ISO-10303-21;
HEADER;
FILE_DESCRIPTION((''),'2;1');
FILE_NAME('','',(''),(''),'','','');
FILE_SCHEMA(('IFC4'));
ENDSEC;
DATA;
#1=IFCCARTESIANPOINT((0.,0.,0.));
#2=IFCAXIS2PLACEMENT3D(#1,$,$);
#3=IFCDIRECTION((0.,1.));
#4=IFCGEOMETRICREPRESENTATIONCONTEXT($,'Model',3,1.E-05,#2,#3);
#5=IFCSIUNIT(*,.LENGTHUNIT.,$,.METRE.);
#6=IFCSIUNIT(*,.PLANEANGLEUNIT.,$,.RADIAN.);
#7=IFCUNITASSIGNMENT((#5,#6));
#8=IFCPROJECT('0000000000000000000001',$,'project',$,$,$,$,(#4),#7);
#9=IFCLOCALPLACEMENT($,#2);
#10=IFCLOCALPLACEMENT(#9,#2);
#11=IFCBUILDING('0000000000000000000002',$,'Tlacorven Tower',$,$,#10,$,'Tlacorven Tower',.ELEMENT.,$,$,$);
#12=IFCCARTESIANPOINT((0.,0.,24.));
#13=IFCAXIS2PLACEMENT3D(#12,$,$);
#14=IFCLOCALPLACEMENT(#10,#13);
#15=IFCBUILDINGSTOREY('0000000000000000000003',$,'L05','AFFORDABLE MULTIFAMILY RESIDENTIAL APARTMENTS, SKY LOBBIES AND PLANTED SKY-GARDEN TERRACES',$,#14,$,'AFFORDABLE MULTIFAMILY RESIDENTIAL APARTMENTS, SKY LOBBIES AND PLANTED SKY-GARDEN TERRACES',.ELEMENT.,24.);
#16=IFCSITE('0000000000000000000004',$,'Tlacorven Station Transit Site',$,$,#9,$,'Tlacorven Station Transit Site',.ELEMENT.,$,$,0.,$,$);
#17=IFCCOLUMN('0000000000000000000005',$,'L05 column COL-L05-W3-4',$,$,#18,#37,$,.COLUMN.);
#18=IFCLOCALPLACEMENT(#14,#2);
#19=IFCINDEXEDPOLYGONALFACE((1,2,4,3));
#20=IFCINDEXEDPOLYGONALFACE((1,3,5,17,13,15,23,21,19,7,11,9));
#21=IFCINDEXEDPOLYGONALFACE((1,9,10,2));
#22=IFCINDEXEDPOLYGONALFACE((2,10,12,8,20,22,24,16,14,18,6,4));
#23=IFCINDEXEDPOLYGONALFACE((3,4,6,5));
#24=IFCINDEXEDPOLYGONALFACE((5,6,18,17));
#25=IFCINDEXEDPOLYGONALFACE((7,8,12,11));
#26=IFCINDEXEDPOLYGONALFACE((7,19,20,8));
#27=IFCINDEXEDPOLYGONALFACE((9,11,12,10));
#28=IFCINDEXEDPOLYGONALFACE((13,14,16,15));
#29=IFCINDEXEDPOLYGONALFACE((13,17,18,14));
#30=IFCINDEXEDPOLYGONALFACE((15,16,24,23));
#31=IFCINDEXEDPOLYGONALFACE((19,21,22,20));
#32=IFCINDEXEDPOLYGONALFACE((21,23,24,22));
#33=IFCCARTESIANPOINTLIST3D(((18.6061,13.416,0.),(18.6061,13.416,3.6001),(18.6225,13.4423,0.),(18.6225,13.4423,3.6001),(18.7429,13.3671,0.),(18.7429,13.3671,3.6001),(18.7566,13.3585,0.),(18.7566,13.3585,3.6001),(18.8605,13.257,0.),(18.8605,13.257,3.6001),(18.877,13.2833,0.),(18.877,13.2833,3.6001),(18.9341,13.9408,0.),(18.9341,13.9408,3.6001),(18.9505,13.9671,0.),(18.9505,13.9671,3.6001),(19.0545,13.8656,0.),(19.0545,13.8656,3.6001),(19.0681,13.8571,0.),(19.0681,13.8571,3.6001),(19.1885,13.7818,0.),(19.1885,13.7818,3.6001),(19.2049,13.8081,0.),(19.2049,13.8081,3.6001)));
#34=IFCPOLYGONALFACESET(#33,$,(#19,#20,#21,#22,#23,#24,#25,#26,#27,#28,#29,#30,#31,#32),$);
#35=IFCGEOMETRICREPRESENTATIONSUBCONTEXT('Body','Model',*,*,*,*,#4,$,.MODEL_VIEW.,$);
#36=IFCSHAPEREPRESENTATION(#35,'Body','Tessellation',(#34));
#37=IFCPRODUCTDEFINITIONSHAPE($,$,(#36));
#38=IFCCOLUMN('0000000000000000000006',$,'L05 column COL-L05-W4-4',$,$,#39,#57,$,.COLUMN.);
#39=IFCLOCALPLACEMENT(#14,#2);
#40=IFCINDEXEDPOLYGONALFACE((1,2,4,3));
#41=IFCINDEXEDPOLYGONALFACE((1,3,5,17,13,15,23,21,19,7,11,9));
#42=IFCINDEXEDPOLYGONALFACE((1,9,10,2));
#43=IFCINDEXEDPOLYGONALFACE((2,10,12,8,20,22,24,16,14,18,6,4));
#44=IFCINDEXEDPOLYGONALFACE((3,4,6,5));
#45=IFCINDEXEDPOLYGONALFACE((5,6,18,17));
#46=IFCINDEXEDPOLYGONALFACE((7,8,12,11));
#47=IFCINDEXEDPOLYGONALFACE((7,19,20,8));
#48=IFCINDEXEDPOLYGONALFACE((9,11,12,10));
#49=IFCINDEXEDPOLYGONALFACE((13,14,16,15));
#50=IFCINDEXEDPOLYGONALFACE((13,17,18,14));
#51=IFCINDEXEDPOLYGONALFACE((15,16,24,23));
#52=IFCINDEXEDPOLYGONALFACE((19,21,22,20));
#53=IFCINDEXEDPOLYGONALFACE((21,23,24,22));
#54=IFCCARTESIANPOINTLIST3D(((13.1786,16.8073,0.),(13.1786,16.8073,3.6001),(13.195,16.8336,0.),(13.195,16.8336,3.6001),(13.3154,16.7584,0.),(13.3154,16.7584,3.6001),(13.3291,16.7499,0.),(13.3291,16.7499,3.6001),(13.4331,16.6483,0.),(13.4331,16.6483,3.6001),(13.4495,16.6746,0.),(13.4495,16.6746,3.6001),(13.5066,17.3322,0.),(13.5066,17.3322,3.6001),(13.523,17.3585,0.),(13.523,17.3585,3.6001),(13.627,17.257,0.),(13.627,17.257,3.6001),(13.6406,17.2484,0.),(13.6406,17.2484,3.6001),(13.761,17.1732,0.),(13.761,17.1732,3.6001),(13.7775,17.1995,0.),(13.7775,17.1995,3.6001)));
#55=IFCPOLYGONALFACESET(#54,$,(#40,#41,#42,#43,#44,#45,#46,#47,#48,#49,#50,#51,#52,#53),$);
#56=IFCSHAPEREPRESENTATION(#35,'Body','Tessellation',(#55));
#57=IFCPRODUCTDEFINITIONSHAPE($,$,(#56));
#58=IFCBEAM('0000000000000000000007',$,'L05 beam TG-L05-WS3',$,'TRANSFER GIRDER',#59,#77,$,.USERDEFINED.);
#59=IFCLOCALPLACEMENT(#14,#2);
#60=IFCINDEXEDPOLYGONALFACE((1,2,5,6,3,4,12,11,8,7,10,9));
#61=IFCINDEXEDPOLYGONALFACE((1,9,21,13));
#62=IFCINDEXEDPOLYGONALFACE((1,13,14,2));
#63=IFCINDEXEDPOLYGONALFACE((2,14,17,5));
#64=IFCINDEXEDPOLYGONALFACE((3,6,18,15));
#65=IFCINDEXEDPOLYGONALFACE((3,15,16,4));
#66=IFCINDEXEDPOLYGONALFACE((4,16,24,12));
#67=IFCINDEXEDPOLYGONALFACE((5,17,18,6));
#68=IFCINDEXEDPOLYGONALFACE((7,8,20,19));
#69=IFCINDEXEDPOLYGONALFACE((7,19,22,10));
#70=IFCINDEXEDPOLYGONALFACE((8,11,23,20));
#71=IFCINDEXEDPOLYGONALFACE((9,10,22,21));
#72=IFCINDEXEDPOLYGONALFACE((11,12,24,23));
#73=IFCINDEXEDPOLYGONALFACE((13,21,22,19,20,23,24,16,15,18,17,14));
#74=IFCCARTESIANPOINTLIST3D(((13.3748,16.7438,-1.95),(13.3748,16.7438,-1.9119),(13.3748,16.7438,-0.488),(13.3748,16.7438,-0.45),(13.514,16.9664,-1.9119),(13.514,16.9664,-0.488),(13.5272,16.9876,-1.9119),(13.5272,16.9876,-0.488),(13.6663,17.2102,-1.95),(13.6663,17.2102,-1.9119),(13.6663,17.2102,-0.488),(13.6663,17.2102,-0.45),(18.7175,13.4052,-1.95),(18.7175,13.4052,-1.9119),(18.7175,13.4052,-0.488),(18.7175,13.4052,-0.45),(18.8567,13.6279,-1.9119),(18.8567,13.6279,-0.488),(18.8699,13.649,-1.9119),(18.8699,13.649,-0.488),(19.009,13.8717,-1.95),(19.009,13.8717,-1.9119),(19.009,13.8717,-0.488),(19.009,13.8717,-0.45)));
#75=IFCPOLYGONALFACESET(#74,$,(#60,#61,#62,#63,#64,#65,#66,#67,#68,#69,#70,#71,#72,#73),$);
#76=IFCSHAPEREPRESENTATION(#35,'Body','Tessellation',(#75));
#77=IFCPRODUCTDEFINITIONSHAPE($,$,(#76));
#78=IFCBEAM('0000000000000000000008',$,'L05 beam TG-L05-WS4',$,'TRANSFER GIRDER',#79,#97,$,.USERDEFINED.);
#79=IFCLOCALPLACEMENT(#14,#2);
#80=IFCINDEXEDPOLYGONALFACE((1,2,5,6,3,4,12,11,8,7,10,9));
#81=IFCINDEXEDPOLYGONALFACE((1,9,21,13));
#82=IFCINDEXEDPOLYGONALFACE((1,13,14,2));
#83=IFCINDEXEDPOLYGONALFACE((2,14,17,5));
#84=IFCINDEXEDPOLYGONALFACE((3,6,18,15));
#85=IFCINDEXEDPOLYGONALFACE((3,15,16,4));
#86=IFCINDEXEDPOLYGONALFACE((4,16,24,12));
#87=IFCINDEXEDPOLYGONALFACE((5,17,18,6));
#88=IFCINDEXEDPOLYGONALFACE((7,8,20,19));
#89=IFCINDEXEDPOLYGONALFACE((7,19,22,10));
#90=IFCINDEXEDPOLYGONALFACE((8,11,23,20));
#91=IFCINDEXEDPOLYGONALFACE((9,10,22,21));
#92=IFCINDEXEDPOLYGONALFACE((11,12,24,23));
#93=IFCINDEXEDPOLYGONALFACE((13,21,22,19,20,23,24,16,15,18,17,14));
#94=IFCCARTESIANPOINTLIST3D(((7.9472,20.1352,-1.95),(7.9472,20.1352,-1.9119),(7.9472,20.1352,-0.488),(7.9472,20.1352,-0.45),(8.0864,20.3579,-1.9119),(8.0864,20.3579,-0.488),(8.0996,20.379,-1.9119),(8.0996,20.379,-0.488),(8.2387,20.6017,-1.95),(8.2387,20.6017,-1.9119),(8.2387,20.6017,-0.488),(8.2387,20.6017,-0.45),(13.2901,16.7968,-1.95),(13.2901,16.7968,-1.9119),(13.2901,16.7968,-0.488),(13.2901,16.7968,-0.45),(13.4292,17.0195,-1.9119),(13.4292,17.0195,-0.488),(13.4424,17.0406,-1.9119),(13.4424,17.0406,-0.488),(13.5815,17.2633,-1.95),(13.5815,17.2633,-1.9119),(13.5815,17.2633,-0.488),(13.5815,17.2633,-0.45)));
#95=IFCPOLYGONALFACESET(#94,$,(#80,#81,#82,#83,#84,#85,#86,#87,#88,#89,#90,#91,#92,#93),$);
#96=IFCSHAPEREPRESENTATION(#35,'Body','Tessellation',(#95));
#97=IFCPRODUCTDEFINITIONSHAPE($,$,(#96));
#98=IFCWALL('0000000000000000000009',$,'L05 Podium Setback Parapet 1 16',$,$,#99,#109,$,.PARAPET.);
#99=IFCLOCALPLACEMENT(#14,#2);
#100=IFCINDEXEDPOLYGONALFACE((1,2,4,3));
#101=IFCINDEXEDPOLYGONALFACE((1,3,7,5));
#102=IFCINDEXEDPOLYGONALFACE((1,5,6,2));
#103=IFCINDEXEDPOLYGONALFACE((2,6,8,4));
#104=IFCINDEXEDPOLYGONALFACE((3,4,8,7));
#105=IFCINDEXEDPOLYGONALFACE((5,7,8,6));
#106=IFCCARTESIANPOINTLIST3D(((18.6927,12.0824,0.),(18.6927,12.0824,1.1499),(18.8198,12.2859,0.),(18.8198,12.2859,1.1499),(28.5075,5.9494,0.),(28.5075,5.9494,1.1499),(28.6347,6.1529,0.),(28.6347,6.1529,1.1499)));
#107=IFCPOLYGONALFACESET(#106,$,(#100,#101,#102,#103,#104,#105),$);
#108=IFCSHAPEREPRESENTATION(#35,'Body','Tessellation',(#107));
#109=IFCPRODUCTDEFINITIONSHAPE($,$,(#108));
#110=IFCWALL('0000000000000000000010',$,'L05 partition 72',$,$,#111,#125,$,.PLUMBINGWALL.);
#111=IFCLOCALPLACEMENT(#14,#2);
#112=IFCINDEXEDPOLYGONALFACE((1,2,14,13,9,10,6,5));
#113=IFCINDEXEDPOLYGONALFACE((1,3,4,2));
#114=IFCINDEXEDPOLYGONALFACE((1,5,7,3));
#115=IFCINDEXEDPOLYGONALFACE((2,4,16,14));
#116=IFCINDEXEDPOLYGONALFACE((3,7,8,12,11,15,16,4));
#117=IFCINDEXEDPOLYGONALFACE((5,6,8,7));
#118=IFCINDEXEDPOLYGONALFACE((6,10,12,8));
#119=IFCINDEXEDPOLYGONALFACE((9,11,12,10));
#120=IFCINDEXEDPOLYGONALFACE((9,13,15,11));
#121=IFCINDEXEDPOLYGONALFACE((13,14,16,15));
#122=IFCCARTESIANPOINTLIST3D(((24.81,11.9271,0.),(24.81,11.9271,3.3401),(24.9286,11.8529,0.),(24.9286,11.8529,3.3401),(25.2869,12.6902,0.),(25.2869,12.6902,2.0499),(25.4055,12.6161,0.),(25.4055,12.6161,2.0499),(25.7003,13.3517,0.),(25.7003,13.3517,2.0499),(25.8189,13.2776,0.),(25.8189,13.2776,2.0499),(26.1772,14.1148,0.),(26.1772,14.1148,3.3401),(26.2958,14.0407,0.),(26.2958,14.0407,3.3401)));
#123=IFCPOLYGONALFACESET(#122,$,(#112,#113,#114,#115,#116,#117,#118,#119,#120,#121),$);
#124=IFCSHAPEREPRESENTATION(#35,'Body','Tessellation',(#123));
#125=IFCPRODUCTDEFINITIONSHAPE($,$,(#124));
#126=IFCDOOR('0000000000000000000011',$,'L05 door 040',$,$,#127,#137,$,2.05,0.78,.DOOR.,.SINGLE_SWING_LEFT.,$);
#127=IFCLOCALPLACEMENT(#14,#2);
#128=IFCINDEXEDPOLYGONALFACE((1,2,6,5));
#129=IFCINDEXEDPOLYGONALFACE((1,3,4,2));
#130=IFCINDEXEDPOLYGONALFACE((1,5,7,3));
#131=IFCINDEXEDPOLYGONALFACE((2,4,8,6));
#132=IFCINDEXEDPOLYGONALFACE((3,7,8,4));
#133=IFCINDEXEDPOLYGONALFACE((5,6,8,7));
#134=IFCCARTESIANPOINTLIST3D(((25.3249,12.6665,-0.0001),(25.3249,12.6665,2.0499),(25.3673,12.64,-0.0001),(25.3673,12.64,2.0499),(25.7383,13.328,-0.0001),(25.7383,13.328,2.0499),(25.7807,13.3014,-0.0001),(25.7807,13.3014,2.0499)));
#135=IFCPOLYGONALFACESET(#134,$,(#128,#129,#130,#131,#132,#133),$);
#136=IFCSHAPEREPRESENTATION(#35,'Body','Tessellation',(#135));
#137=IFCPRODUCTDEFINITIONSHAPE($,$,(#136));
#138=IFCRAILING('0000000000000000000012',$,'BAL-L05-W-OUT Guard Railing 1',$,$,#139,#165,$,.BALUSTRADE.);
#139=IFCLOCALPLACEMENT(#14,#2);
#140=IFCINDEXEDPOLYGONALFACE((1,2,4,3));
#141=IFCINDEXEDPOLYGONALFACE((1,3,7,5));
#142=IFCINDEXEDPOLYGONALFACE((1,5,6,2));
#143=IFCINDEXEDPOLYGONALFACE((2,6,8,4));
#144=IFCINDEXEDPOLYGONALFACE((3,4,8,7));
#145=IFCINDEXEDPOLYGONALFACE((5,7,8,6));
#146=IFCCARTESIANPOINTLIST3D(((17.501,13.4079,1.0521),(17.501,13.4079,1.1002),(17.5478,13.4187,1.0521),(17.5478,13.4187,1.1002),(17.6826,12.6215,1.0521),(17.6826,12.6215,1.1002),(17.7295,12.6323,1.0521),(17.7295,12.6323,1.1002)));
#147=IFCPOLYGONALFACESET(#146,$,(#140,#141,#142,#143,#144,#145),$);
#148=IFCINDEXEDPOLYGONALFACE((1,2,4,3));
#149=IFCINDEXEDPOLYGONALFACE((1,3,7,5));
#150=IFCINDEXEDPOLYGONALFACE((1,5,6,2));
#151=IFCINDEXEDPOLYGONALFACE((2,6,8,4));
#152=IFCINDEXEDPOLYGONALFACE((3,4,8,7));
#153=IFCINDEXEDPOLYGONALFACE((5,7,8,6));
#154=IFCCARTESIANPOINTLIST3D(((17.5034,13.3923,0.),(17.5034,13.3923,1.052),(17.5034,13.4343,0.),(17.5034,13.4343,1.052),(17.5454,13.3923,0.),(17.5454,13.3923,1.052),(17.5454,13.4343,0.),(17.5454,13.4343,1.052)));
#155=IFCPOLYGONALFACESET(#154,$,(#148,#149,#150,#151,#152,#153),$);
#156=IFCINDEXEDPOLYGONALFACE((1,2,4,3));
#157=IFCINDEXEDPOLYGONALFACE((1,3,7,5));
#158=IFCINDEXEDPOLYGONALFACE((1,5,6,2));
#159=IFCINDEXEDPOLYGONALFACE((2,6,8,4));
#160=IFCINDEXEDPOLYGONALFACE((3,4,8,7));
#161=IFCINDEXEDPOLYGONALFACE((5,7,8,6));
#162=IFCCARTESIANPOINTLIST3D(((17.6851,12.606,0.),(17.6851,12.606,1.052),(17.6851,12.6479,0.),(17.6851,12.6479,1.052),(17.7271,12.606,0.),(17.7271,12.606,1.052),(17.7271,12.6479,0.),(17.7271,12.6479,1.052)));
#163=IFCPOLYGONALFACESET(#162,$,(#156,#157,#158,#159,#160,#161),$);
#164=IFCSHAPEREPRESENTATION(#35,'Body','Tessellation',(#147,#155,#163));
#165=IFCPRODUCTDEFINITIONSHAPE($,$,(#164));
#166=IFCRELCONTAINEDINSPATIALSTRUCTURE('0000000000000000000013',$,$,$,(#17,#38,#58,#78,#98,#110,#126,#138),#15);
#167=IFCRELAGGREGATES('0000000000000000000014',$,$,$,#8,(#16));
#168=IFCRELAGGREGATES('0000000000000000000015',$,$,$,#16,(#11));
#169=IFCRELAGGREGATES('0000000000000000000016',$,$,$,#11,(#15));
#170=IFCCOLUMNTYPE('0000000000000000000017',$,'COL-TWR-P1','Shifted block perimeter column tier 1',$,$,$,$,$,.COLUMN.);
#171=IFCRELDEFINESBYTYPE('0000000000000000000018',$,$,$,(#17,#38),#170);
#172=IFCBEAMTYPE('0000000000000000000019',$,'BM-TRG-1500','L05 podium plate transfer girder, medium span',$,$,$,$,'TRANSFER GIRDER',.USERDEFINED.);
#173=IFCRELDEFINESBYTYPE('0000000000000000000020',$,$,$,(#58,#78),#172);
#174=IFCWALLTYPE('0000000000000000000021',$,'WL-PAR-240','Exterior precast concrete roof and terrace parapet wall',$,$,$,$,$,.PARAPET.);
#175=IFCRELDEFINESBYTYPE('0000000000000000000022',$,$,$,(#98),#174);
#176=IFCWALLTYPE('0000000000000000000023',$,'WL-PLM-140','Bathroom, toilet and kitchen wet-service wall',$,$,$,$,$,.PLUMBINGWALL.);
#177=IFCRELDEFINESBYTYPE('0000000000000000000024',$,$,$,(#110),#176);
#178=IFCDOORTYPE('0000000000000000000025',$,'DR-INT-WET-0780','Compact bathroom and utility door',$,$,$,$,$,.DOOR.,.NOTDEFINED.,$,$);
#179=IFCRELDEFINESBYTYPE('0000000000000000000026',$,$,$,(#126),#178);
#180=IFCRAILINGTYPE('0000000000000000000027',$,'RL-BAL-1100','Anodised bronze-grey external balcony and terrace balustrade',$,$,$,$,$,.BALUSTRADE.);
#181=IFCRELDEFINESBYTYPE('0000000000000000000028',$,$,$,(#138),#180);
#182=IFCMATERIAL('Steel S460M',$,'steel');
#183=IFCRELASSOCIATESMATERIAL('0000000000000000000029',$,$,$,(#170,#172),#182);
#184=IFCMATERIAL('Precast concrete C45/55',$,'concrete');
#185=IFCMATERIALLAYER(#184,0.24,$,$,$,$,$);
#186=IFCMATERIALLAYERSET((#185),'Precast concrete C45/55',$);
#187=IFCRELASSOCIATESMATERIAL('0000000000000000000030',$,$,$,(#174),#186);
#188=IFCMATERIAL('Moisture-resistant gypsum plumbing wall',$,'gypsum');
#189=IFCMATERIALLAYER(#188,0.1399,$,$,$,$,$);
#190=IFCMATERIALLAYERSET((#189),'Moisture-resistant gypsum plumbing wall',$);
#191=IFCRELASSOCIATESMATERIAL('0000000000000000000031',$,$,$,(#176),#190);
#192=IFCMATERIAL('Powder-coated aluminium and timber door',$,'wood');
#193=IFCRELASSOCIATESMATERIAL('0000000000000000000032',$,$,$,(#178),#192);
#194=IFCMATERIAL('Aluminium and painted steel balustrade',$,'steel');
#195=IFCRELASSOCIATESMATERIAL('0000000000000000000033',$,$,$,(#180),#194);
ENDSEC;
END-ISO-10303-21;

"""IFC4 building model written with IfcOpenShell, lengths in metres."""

from ifc_helpers import new_model, si_unit, direction, frame, frame_2d, origin, origin_2d, place, context, subcontext, project, spatial, rectangle, i_section, extrude, source, transform, mapped, material, layer, layer_set, material_profile, profile_set, type_object, element, fill, save


model = new_model("IFC4")

# Units and contexts
model_context = context("Model", 3, precision=1e-05, world=origin(), true_north=direction((0.0, 1.0)))
body_context = subcontext(model_context, "Body", "Model", "MODEL_VIEW")
ifc_project = project(units=[si_unit("LENGTHUNIT", "METRE"), si_unit("PLANEANGLEUNIT", "RADIAN")], contexts=[model_context])

# Site, building, storey
site_placement = place(None, origin())
site = spatial("IfcSite", under=ifc_project, at=site_placement, Name="Tlacorven Station Transit Site", LongName="Tlacorven Station Transit Site", CompositionType="ELEMENT", RefElevation=0.0)
building_placement = place(site_placement, origin())
building = spatial("IfcBuilding", under=site, at=building_placement, Name="Tlacorven Tower", LongName="Tlacorven Tower", CompositionType="ELEMENT")
storey_placement = place(building_placement, frame((0.0, 0.0, 24.0)))
storey = spatial("IfcBuildingStorey", under=building, at=storey_placement, Name="L05", Description="AFFORDABLE MULTIFAMILY RESIDENTIAL APARTMENTS, SKY LOBBIES AND PLANTED SKY-GARDEN TERRACES", LongName="AFFORDABLE MULTIFAMILY RESIDENTIAL APARTMENTS, SKY LOBBIES AND PLANTED SKY-GARDEN TERRACES", CompositionType="ELEMENT", Elevation=24.0)

# Columns
ifc_material_1 = material(Name="Steel S460M", Category="steel")
ifc_material_profile_1 = material_profile(ifc_material_1, i_section(OverallWidth=0.3, OverallDepth=0.6499, WebThickness=0.0161, FlangeThickness=0.031, at=origin_2d()), Name="HEB 650")
ifc_profile_set_1 = profile_set([ifc_material_profile_1], Name="Steel S460M")
column_type = type_object("IfcColumnType", Name="COL-TWR-P1", Description="Shifted block perimeter column tier 1", PredefinedType="COLUMN", material=ifc_profile_set_1)
shared_shape_1 = source(origin(), body_context, "Body", "SweptSolid", [
    extrude(i_section(OverallWidth=0.3, OverallDepth=0.6499, WebThickness=0.0161, FlangeThickness=0.031, at=origin_2d()), origin(), (0.0, 0.0, 1.0), 3.6001),
])
for number, where, z_axis, x_axis, name in (
    (1, (18.9055, 13.6121, 0.0), (0.0, 0.0, 1.0), (-0.848048, 0.529919, 0.0), "L05 column COL-L05-W3-4"),
    (2, (13.478, 17.0034, 0.0), (0.0, 0.0, 1.0), (-0.848048, 0.529919, 0.0), "L05 column COL-L05-W4-4"),
):
    element("IfcColumn", number, at=place(storey_placement, frame(where, z_axis=z_axis, x_axis=x_axis)), inside=storey, type_object=column_type, Name=name, PredefinedType="COLUMN", context=body_context, shape_type="MappedRepresentation", body=[
        mapped(shared_shape_1, transform((0.0, 0.0, 0.0), scale=1.0)),
    ])

# Beams
ifc_material_profile_2 = material_profile(ifc_material_1, i_section(OverallWidth=0.55, OverallDepth=1.5, WebThickness=0.0249, FlangeThickness=0.0381, at=origin_2d()), Name="PG 1500X550X25X38")
ifc_profile_set_2 = profile_set([ifc_material_profile_2], Name="Steel S460M")
beam_type = type_object("IfcBeamType", Name="BM-TRG-1500", Description="L05 podium plate transfer girder, medium span", ElementType="TRANSFER GIRDER", PredefinedType="USERDEFINED", material=ifc_profile_set_2)
shared_shape_2 = source(origin(), body_context, "Body", "SweptSolid", [
    extrude(i_section(OverallWidth=0.55, OverallDepth=1.5, WebThickness=0.0249, FlangeThickness=0.0381, at=origin_2d()), origin(), (0.0, 0.0, 1.0), 6.3),
])
for number, where, z_axis, x_axis, name in (
    (3, (18.8633, 13.6384, -1.2), (-0.848042, 0.529929, 0.0), (-0.529929, -0.848042, 0.0), "L05 beam TG-L05-WS3"),
    (4, (13.4358, 17.03, -1.2), (-0.848059, 0.529901, 0.0), (-0.529901, -0.848059, 0.0), "L05 beam TG-L05-WS4"),
):
    element("IfcBeam", number, at=place(storey_placement, frame(where, z_axis=z_axis, x_axis=x_axis)), inside=storey, type_object=beam_type, Name=name, ObjectType="TRANSFER GIRDER", PredefinedType="USERDEFINED", context=body_context, shape_type="MappedRepresentation", body=[
        mapped(shared_shape_2, transform((0.0, 0.0, 0.0), scale=1.0)),
    ])

# Shared definitions
ifc_material_2 = material(Name="Precast concrete C45/55", Category="concrete")
ifc_material_3 = material(Name="Powder-coated aluminium and timber door", Category="wood")

# Wall
ifc_layer_1 = layer(ifc_material_2, 0.24)
ifc_layer_set_1 = layer_set([ifc_layer_1], Name="Precast concrete C45/55")
wall_type_1 = type_object("IfcWallType", Name="WL-PAR-240", Description="Exterior precast concrete roof and terrace parapet wall", PredefinedType="PARAPET", material=ifc_layer_set_1)
wall_1_placement = place(storey_placement, frame((18.7563, 12.1841, 0.0), z_axis=(0.0, 0.0, 1.0), x_axis=(0.848048, -0.529919, 0.0)))
element("IfcWall", 5, at=wall_1_placement, inside=storey, type_object=wall_type_1, Name="L05 Podium Setback Parapet 1 16", PredefinedType="PARAPET", context=body_context, shape_type="SweptSolid", body=[
    extrude(rectangle(XDim=11.5735, YDim=0.24, at=frame_2d((5.7866, 0.0))), origin(), (0.0, 0.0, 1.0), 1.1499),
])

# Wall, opening, door
ifc_material_4 = material(Name="Moisture-resistant gypsum plumbing wall", Category="gypsum")
ifc_layer_2 = layer(ifc_material_4, 0.1399)
ifc_layer_set_2 = layer_set([ifc_layer_2], Name="Moisture-resistant gypsum plumbing wall")
wall_type_2 = type_object("IfcWallType", Name="WL-PLM-140", Description="Bathroom, toilet and kitchen wet-service wall", PredefinedType="PLUMBINGWALL", material=ifc_layer_set_2)
wall_2_placement = place(storey_placement, frame((26.2366, 14.0779, 0.0), z_axis=(0.0, 0.0, 1.0), x_axis=(-0.529956, -0.848025, 0.0)))
wall_2 = element("IfcWall", 6, at=wall_2_placement, inside=storey, type_object=wall_type_2, Name="L05 partition 72", PredefinedType="PLUMBINGWALL", context=body_context, shape_type="SweptSolid", body=[
    extrude(rectangle(XDim=2.5798, YDim=0.1399, at=frame_2d((1.29, 0.0))), origin(), (0.0, 0.0, 1.0), 3.3401),
])
opening_1_placement = place(wall_2_placement, frame((0.8999, 0.0, 0.0)))
opening_1 = element("IfcOpeningElement", 7, at=opening_1_placement, cuts=wall_2, PredefinedType="OPENING", context=body_context, shape_type="SweptSolid", body=[
    extrude(rectangle(XDim=0.78, YDim=2.05, at=frame_2d((0.3901, 1.0249))), frame((0.0, 0.0801, 0.0), z_axis=(0.0, -1.0, 0.0), x_axis=(1.0, 0.0, 0.0)), (0.0, 0.0, 1.0), 0.1599),
])
door_type_1 = type_object("IfcDoorType", Name="DR-INT-WET-0780", Description="Compact bathroom and utility door", OperationType="NOTDEFINED", PredefinedType="DOOR", material=ifc_material_3)
shared_shape_3 = source(origin(), body_context, "Body", "SweptSolid", [
    extrude(rectangle(XDim=0.78, YDim=2.05, at=frame_2d((0.3901, 1.0249))), frame((0.0, 0.0249, 0.0), z_axis=(0.0, -1.0, 0.0), x_axis=(1.0, 0.0, 0.0)), (0.0, 0.0, 1.0), 0.05),
])
door_1_placement = place(opening_1_placement, origin())
door_1 = element("IfcDoor", 8, at=door_1_placement, inside=storey, type_object=door_type_1, Name="L05 door 040", OperationType="SINGLE_SWING_LEFT", OverallHeight=2.05, OverallWidth=0.78, PredefinedType="DOOR", context=body_context, shape_type="MappedRepresentation", body=[
    mapped(shared_shape_3, transform((0.0, 0.0, 0.0), scale=1.0)),
])
fill(opening_1, door_1)

# Railing
ifc_material_5 = material(Name="Aluminium and painted steel balustrade", Category="steel")
railing_type_1 = type_object("IfcRailingType", Name="RL-BAL-1100", Description="Anodised bronze-grey external balcony and terrace balustrade", PredefinedType="BALUSTRADE", material=ifc_material_5)
shared_shape_4 = source(origin(), body_context, "Body", "SweptSolid", [
    extrude(rectangle(XDim=0.0481, YDim=0.0481, at=origin_2d()), frame((0.0, 0.0, 1.0762), z_axis=(0.225058, -0.974345, 0.0), x_axis=(0.974345, 0.225058, 0.0)), (0.0, 0.0, 1.0), 0.8071),
    extrude(rectangle(XDim=0.042, YDim=0.042, at=origin_2d()), origin(), (0.0, 0.0, 1.0), 1.052),
    extrude(rectangle(XDim=0.042, YDim=0.042, at=origin_2d()), frame((0.1816, -0.7864, 0.0)), (0.0, 0.0, 1.0), 1.052),
])
railing_1_placement = place(storey_placement, frame((17.5244, 13.4133, 0.0)))
element("IfcRailing", 9, at=railing_1_placement, inside=storey, type_object=railing_type_1, Name="BAL-L05-W-OUT Guard Railing 1", PredefinedType="BALUSTRADE", context=body_context, shape_type="MappedRepresentation", body=[
    mapped(shared_shape_4, transform((0.0, 0.0, 0.0), scale=1.0)),
])

save(model, "model.ifc")
